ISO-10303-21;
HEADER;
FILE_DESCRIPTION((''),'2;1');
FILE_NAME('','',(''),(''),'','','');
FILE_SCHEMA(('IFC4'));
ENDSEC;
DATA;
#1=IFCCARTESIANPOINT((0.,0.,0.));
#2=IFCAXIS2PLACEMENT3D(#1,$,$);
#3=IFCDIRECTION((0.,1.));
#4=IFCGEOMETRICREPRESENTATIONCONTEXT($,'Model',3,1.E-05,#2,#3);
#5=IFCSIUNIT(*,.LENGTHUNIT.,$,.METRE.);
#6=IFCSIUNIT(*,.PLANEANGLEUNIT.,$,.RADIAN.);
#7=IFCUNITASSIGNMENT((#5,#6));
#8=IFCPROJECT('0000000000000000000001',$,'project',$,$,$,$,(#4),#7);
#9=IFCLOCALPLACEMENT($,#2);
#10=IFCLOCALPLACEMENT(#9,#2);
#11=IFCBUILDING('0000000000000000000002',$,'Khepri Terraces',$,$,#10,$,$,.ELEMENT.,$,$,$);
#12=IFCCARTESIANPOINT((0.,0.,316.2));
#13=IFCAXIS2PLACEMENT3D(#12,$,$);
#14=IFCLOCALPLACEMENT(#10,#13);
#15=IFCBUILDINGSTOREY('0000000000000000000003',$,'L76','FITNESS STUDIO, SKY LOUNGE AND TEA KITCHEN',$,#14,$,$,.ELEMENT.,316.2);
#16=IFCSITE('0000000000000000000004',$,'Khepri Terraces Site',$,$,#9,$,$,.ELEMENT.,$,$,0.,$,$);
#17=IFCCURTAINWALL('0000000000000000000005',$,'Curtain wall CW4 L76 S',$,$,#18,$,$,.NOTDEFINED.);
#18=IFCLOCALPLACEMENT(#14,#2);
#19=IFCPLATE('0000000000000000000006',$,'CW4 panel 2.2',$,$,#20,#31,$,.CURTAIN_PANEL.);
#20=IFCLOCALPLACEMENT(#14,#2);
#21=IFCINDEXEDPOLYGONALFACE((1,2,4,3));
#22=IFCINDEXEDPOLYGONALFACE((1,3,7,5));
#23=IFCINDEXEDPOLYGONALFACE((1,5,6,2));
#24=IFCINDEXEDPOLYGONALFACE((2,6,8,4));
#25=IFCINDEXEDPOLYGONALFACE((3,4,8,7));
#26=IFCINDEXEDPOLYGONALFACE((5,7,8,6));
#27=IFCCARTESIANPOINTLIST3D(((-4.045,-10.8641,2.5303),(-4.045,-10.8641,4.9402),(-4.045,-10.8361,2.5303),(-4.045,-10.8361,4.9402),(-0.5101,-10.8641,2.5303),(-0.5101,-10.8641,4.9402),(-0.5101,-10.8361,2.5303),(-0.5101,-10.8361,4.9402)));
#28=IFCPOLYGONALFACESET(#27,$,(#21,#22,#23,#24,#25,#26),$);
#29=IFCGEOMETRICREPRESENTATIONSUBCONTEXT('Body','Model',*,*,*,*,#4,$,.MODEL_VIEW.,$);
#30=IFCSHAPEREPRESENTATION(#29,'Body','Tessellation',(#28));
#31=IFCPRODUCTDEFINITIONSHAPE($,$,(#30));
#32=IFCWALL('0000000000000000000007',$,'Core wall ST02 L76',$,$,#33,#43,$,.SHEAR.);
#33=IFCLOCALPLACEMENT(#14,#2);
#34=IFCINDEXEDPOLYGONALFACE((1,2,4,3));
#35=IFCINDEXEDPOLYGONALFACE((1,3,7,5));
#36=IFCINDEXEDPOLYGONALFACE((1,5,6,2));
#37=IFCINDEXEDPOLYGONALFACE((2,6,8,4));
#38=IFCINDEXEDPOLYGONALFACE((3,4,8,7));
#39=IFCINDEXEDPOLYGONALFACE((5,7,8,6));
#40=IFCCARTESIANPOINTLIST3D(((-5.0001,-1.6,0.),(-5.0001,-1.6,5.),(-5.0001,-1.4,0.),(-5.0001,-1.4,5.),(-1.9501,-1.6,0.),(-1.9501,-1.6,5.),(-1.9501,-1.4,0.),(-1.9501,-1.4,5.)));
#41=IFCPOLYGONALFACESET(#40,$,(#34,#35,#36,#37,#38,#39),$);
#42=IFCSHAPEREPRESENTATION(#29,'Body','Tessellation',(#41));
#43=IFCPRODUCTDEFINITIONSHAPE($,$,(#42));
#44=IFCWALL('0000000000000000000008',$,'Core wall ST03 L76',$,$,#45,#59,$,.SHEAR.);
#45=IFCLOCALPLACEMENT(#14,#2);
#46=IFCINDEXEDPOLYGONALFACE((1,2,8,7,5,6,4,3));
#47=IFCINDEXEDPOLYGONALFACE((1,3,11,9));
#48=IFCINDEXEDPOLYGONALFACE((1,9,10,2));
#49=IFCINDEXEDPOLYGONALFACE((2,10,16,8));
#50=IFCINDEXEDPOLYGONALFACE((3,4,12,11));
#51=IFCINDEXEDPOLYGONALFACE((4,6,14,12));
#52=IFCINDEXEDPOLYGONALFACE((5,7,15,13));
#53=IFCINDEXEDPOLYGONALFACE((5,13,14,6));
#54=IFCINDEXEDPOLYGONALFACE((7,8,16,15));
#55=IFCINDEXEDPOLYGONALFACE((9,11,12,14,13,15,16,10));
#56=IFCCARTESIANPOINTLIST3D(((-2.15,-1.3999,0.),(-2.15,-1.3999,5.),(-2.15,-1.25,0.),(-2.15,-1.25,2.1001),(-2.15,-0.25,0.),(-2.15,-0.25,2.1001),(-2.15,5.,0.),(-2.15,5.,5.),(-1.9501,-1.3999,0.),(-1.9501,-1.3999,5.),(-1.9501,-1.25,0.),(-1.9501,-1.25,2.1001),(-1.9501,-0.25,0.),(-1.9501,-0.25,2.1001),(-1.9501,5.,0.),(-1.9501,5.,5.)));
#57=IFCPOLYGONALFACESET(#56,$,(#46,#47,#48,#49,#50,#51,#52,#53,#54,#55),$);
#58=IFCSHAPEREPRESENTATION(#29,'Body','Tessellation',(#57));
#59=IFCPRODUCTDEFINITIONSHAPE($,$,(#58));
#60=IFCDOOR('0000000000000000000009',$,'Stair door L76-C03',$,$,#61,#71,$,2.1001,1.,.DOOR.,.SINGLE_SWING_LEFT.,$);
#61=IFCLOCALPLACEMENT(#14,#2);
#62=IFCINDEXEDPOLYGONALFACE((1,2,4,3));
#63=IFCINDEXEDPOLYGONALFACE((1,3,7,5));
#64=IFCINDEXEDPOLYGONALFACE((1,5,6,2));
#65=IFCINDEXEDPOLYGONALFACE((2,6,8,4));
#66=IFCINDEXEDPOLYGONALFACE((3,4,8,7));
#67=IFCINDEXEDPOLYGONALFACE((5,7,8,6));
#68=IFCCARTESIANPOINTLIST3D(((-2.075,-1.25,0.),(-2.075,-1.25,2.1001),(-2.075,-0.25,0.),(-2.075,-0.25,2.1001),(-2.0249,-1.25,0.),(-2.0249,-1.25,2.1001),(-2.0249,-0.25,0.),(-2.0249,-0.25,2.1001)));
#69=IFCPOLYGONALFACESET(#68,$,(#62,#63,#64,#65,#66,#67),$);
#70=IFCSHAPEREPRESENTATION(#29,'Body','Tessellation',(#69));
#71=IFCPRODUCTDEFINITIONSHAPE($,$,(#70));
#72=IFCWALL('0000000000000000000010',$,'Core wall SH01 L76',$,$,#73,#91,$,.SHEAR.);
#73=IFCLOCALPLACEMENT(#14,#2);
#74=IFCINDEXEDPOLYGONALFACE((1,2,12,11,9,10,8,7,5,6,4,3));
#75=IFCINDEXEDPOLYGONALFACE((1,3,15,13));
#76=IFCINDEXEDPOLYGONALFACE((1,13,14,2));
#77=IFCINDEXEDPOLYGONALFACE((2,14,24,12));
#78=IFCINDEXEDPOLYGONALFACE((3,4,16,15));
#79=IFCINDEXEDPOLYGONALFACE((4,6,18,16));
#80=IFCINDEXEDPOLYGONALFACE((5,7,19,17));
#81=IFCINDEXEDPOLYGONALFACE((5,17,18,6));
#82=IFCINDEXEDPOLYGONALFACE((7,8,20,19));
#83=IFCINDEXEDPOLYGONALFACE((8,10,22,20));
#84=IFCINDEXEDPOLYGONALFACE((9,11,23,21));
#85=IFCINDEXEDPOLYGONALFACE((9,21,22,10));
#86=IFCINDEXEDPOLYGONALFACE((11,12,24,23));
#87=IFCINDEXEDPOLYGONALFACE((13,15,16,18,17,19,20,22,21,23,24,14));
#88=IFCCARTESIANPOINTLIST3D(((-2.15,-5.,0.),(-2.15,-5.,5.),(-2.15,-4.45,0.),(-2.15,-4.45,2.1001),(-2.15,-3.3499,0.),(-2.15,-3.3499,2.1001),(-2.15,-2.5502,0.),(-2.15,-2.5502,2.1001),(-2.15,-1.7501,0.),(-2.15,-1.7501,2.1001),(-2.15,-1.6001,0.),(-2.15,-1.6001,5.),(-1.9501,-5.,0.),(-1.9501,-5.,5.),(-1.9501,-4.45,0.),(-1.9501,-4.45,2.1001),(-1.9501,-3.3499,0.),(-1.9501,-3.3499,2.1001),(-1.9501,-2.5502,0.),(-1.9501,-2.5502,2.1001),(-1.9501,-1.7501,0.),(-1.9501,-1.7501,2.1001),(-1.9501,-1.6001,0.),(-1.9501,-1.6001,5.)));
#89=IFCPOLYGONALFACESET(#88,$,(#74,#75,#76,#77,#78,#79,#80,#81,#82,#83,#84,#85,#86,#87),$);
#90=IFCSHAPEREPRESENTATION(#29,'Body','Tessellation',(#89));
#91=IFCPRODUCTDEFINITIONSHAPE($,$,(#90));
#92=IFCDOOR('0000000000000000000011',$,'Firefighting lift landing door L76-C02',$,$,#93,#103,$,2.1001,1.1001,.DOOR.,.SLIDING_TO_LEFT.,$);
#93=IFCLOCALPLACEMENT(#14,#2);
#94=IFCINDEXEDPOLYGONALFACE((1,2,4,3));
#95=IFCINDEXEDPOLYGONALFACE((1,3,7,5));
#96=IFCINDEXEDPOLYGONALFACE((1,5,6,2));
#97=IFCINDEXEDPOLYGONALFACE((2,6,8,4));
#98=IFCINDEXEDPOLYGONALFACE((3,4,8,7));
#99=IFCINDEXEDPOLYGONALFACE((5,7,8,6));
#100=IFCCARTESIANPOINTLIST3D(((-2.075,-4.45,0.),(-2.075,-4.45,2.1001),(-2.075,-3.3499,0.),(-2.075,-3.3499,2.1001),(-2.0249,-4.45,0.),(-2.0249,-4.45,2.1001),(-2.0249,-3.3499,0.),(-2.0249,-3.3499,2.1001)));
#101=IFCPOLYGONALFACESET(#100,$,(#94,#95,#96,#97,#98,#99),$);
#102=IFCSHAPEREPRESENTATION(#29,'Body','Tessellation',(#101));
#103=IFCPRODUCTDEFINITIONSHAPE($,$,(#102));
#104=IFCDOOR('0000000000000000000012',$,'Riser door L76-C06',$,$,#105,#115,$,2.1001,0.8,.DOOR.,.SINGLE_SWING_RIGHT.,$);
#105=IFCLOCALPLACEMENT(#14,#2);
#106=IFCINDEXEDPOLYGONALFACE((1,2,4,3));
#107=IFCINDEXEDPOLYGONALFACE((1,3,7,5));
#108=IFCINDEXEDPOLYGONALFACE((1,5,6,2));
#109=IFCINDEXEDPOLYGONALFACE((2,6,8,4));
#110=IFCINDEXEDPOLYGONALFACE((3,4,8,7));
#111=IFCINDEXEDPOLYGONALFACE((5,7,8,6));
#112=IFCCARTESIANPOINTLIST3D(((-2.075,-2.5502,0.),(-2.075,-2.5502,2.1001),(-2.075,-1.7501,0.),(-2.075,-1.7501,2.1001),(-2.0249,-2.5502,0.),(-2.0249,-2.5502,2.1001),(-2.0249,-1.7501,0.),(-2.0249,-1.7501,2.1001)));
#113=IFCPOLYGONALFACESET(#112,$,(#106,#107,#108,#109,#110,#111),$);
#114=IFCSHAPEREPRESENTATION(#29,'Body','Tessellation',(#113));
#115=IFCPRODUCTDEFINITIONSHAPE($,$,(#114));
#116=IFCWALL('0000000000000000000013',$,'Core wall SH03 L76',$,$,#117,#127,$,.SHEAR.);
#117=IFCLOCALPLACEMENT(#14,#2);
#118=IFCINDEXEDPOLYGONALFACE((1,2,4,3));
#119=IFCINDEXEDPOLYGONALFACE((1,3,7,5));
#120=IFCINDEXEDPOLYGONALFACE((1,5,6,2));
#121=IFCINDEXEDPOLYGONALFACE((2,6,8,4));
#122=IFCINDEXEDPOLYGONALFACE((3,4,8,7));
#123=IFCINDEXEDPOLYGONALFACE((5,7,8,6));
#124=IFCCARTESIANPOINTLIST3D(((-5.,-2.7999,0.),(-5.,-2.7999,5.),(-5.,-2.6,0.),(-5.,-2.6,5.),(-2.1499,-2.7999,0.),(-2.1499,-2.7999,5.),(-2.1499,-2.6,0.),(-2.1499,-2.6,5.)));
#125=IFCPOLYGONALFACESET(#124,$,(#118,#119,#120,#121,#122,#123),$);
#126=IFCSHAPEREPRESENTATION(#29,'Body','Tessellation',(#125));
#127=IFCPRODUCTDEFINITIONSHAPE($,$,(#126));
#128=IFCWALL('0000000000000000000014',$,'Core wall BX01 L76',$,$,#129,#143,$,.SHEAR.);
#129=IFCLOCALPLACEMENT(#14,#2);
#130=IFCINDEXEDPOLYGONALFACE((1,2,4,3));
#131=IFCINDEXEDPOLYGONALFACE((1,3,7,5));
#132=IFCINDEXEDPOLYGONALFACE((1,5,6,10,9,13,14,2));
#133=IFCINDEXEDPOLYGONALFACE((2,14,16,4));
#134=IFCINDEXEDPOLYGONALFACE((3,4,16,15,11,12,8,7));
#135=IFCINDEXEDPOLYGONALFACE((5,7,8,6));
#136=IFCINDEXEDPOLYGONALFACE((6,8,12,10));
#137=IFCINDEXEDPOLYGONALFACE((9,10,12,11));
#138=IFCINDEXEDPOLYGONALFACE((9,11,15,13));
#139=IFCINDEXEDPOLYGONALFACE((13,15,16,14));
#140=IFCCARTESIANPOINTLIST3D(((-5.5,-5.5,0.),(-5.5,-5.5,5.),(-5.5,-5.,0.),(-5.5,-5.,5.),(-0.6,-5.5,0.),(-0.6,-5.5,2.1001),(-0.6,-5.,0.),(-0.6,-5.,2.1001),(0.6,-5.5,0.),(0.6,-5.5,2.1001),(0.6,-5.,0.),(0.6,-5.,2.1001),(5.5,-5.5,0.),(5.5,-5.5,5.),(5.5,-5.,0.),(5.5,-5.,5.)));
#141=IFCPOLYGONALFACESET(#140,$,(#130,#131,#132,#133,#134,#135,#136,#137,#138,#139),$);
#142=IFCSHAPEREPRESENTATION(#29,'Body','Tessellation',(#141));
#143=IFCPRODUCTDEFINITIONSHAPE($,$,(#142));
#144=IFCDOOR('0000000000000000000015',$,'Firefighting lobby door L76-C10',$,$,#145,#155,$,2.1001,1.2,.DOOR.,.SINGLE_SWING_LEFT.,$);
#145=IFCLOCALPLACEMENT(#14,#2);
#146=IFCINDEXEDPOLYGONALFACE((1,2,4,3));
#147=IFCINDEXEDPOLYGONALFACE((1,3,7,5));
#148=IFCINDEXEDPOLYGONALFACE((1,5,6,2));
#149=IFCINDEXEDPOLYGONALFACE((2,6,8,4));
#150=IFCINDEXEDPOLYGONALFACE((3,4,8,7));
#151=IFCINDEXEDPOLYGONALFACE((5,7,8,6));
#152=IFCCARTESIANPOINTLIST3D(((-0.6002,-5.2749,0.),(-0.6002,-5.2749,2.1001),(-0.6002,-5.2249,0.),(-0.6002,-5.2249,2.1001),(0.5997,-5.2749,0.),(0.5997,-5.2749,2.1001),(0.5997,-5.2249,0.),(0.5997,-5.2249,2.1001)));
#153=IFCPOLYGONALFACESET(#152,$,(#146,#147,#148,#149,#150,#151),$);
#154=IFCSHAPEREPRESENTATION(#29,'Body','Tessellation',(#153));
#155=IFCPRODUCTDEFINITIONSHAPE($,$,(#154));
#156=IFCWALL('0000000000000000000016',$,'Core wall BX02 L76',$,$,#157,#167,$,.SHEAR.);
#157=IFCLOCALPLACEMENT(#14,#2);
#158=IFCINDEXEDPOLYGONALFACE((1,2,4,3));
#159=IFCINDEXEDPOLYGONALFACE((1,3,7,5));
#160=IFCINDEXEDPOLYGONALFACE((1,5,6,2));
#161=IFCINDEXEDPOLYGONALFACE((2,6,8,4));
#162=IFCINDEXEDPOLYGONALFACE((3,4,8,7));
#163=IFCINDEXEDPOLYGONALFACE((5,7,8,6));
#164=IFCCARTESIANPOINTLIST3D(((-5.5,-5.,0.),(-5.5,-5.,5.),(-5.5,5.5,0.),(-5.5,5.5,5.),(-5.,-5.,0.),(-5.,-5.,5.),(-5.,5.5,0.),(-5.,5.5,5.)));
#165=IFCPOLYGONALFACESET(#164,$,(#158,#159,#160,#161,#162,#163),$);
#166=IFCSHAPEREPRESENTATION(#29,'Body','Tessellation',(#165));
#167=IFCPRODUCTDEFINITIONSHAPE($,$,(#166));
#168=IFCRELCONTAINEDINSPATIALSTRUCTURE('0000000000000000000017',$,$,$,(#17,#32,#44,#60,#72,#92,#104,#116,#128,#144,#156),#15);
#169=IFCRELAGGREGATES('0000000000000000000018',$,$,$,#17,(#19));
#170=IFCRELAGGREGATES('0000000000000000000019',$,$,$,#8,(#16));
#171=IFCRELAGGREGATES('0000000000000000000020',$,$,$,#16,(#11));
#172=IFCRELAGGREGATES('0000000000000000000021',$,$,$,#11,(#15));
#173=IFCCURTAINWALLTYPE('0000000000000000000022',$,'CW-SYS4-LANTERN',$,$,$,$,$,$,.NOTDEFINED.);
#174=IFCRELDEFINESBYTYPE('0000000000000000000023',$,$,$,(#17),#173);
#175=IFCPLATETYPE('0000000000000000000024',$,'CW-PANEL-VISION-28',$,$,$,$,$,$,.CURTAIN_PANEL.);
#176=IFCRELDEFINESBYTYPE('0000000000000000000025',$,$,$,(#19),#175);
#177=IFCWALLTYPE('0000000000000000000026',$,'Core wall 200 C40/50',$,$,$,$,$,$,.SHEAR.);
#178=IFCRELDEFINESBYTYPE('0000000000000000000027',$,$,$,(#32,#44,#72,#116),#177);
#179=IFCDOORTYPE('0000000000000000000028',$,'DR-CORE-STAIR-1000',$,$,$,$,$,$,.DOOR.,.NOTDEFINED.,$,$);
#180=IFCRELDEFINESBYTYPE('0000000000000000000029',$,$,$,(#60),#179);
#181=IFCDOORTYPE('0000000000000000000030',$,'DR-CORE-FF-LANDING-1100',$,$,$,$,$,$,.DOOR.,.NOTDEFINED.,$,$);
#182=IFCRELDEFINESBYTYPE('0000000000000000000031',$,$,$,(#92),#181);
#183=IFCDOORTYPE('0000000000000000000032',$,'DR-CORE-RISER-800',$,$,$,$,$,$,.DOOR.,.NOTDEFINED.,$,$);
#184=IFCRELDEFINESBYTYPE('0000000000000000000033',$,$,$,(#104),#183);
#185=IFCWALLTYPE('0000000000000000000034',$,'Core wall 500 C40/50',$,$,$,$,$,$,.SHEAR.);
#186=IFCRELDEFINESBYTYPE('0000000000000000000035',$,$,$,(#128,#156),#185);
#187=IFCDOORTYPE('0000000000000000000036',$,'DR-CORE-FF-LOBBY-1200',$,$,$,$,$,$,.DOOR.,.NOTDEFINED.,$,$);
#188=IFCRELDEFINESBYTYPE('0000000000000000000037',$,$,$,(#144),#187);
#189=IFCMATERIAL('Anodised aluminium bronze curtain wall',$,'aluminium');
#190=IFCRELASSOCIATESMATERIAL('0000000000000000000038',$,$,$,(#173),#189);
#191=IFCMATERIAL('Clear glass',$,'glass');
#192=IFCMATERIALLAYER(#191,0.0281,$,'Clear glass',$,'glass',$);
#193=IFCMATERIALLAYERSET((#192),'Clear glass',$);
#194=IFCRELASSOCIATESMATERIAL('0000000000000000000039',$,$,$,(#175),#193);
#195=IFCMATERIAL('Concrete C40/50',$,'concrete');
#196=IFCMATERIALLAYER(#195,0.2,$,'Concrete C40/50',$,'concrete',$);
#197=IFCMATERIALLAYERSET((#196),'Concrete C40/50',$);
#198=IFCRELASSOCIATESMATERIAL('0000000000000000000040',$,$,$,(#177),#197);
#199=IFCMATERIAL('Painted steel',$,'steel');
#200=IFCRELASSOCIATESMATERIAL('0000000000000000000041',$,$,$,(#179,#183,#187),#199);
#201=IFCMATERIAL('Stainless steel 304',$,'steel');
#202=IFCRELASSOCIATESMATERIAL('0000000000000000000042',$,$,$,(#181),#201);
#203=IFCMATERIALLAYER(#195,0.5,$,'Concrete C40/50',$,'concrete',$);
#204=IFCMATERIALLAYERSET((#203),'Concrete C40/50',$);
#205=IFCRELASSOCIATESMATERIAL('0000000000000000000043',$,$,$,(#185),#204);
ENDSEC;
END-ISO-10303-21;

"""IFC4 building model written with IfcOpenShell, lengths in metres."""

from ifc_helpers import new_model, si_unit, direction, frame, frame_2d, origin, origin_2d, place, context, subcontext, project, spatial, rectangle, extrude, material, layer, layer_set, type_object, element, fill, aggregate, save


model = new_model("IFC4")

# Units and contexts
model_context = context("Model", 3, precision=1e-05, world=origin(), true_north=direction((0.0, 1.0)))
body_context = subcontext(model_context, "Body", "Model", "MODEL_VIEW")
ifc_project = project(units=[si_unit("LENGTHUNIT", "METRE"), si_unit("PLANEANGLEUNIT", "RADIAN")], contexts=[model_context])

# Site, building, storey
site_placement = place(None, origin())
site = spatial("IfcSite", under=ifc_project, at=site_placement, Name="Khepri Terraces Site", CompositionType="ELEMENT", RefElevation=0.0)
building_placement = place(site_placement, origin())
building = spatial("IfcBuilding", under=site, at=building_placement, Name="Khepri Terraces", CompositionType="ELEMENT")
storey_placement = place(building_placement, frame((0.0, 0.0, 316.2)))
storey = spatial("IfcBuildingStorey", under=building, at=storey_placement, Name="L76", Description="FITNESS STUDIO, SKY LOUNGE AND TEA KITCHEN", CompositionType="ELEMENT", Elevation=316.2)

# Shared definitions
ifc_material_1 = material(Name="Concrete C40/50", Category="concrete")

# Curtain wall
ifc_material_2 = material(Name="Anodised aluminium bronze curtain wall", Category="aluminium")
curtain_wall_type = type_object("IfcCurtainWallType", Name="CW-SYS4-LANTERN", PredefinedType="NOTDEFINED", material=ifc_material_2)
curtain_wall_1_placement = place(storey_placement, origin())
curtain_wall_1 = element("IfcCurtainWall", 1, at=curtain_wall_1_placement, inside=storey, type_object=curtain_wall_type, Name="Curtain wall CW4 L76 S", PredefinedType="NOTDEFINED")

# Plate
ifc_material_3 = material(Name="Clear glass", Category="glass")
ifc_layer_1 = layer(ifc_material_3, 0.0281, Name="Clear glass", Category="glass")
ifc_layer_set_1 = layer_set([ifc_layer_1], Name="Clear glass")
plate_type = type_object("IfcPlateType", Name="CW-PANEL-VISION-28", PredefinedType="CURTAIN_PANEL", material=ifc_layer_set_1)
plate_1_placement = place(storey_placement, frame((-2.2776, -10.8501, 2.5303), z_axis=(0.0, 0.0, 1.0), x_axis=(1.0, 0.0, 0.0)))
plate_1 = element("IfcPlate", 2, at=plate_1_placement, type_object=plate_type, Name="CW4 panel 2.2", PredefinedType="CURTAIN_PANEL", context=body_context, shape_type="SweptSolid", body=[
    extrude(rectangle(XDim=3.5349, YDim=0.0281, at=origin_2d()), origin(), (0.0, 0.0, 1.0), 2.4099),
])
aggregate(curtain_wall_1, [plate_1])

# Wall
ifc_layer_2 = layer(ifc_material_1, 0.2, Name="Concrete C40/50", Category="concrete")
ifc_layer_set_2 = layer_set([ifc_layer_2], Name="Concrete C40/50")
wall_type_1 = type_object("IfcWallType", Name="Core wall 200 C40/50", PredefinedType="SHEAR", material=ifc_layer_set_2)
wall_1_placement = place(storey_placement, frame((-5.0, -1.5, 0.0), z_axis=(0.0, 0.0, 1.0), x_axis=(1.0, 0.0, 0.0)))
element("IfcWall", 3, at=wall_1_placement, inside=storey, type_object=wall_type_1, Name="Core wall ST02 L76", PredefinedType="SHEAR", context=body_context, shape_type="SweptSolid", body=[
    extrude(rectangle(XDim=3.05, YDim=0.2, at=frame_2d((1.5249, 0.0))), origin(), (0.0, 0.0, 1.0), 5.0),
])

# Wall, opening, door
wall_2_placement = place(storey_placement, frame((-2.05, -1.3999, 0.0), z_axis=(0.0, 0.0, 1.0), x_axis=(0.0, 1.0, 0.0)))
wall_2 = element("IfcWall", 4, at=wall_2_placement, inside=storey, type_object=wall_type_1, Name="Core wall ST03 L76", PredefinedType="SHEAR", context=body_context, shape_type="SweptSolid", body=[
    extrude(rectangle(XDim=6.3999, YDim=0.2, at=frame_2d((3.2, 0.0))), origin(), (0.0, 0.0, 1.0), 5.0),
])
opening_1_placement = place(wall_2_placement, frame((0.1499, 0.0, 0.0)))
opening_1 = element("IfcOpeningElement", 5, at=opening_1_placement, cuts=wall_2, PredefinedType="OPENING", context=body_context, shape_type="SweptSolid", body=[
    extrude(rectangle(XDim=1.0, YDim=2.1001, at=frame_2d((0.5, 1.05))), frame((0.0, 0.1099, 0.0), z_axis=(0.0, -1.0, 0.0), x_axis=(1.0, 0.0, 0.0)), (0.0, 0.0, 1.0), 0.22),
])
ifc_material_4 = material(Name="Painted steel", Category="steel")
door_type_1 = type_object("IfcDoorType", Name="DR-CORE-STAIR-1000", OperationType="NOTDEFINED", PredefinedType="DOOR", material=ifc_material_4)
door_1_placement = place(opening_1_placement, origin())
door_1 = element("IfcDoor", 6, at=door_1_placement, inside=storey, type_object=door_type_1, Name="Stair door L76-C03", OperationType="SINGLE_SWING_LEFT", OverallHeight=2.1001, OverallWidth=1.0, PredefinedType="DOOR", context=body_context, shape_type="SweptSolid", body=[
    extrude(rectangle(XDim=1.0, YDim=2.1001, at=frame_2d((0.5, 1.05))), frame((0.0, 0.0249, 0.0), z_axis=(0.0, -1.0, 0.0), x_axis=(1.0, 0.0, 0.0)), (0.0, 0.0, 1.0), 0.05),
])
fill(opening_1, door_1)

# Wall, openings, doors
wall_3_placement = place(storey_placement, frame((-2.05, -5.0, 0.0), z_axis=(0.0, 0.0, 1.0), x_axis=(0.0, 1.0, 0.0)))
wall_3 = element("IfcWall", 7, at=wall_3_placement, inside=storey, type_object=wall_type_1, Name="Core wall SH01 L76", PredefinedType="SHEAR", context=body_context, shape_type="SweptSolid", body=[
    extrude(rectangle(XDim=3.3999, YDim=0.2, at=frame_2d((1.7, 0.0))), origin(), (0.0, 0.0, 1.0), 5.0),
])
opening_2_placement = place(wall_3_placement, frame((0.55, 0.0, 0.0)))
opening_2 = element("IfcOpeningElement", 8, at=opening_2_placement, cuts=wall_3, PredefinedType="OPENING", context=body_context, shape_type="SweptSolid", body=[
    extrude(rectangle(XDim=1.1001, YDim=2.1001, at=frame_2d((0.55, 1.05))), frame((0.0, 0.1099, 0.0), z_axis=(0.0, -1.0, 0.0), x_axis=(1.0, 0.0, 0.0)), (0.0, 0.0, 1.0), 0.22),
])
opening_3_placement = place(wall_3_placement, frame((2.45, 0.0, 0.0)))
opening_3 = element("IfcOpeningElement", 9, at=opening_3_placement, cuts=wall_3, PredefinedType="OPENING", context=body_context, shape_type="SweptSolid", body=[
    extrude(rectangle(XDim=0.8, YDim=2.1001, at=frame_2d((0.3999, 1.05))), frame((0.0, 0.1099, 0.0), z_axis=(0.0, -1.0, 0.0), x_axis=(1.0, 0.0, 0.0)), (0.0, 0.0, 1.0), 0.22),
])
ifc_material_5 = material(Name="Stainless steel 304", Category="steel")
door_type_2 = type_object("IfcDoorType", Name="DR-CORE-FF-LANDING-1100", OperationType="NOTDEFINED", PredefinedType="DOOR", material=ifc_material_5)
door_2_placement = place(opening_2_placement, origin())
door_2 = element("IfcDoor", 10, at=door_2_placement, inside=storey, type_object=door_type_2, Name="Firefighting lift landing door L76-C02", OperationType="SLIDING_TO_LEFT", OverallHeight=2.1001, OverallWidth=1.1001, PredefinedType="DOOR", context=body_context, shape_type="SweptSolid", body=[
    extrude(rectangle(XDim=1.1001, YDim=2.1001, at=frame_2d((0.55, 1.05))), frame((0.0, 0.0249, 0.0), z_axis=(0.0, -1.0, 0.0), x_axis=(1.0, 0.0, 0.0)), (0.0, 0.0, 1.0), 0.05),
])
fill(opening_2, door_2)
door_type_3 = type_object("IfcDoorType", Name="DR-CORE-RISER-800", OperationType="NOTDEFINED", PredefinedType="DOOR", material=ifc_material_4)
door_3_placement = place(opening_3_placement, origin())
door_3 = element("IfcDoor", 11, at=door_3_placement, inside=storey, type_object=door_type_3, Name="Riser door L76-C06", OperationType="SINGLE_SWING_RIGHT", OverallHeight=2.1001, OverallWidth=0.8, PredefinedType="DOOR", context=body_context, shape_type="SweptSolid", body=[
    extrude(rectangle(XDim=0.8, YDim=2.1001, at=frame_2d((0.3999, 1.05))), frame((0.0, 0.0249, 0.0), z_axis=(0.0, -1.0, 0.0), x_axis=(1.0, 0.0, 0.0)), (0.0, 0.0, 1.0), 0.05),
])
fill(opening_3, door_3)

# Wall
wall_4_placement = place(storey_placement, frame((-5.0, -2.7, 0.0), z_axis=(0.0, 0.0, 1.0), x_axis=(1.0, 0.0, 0.0)))
element("IfcWall", 12, at=wall_4_placement, inside=storey, type_object=wall_type_1, Name="Core wall SH03 L76", PredefinedType="SHEAR", context=body_context, shape_type="SweptSolid", body=[
    extrude(rectangle(XDim=2.8501, YDim=0.2, at=frame_2d((1.425, 0.0))), origin(), (0.0, 0.0, 1.0), 5.0),
])

# Wall, opening, door
ifc_layer_3 = layer(ifc_material_1, 0.5, Name="Concrete C40/50", Category="concrete")
ifc_layer_set_3 = layer_set([ifc_layer_3], Name="Concrete C40/50")
wall_type_2 = type_object("IfcWallType", Name="Core wall 500 C40/50", PredefinedType="SHEAR", material=ifc_layer_set_3)
wall_5_placement = place(storey_placement, frame((-5.5, -5.25, 0.0), z_axis=(0.0, 0.0, 1.0), x_axis=(1.0, 0.0, 0.0)))
wall_5 = element("IfcWall", 13, at=wall_5_placement, inside=storey, type_object=wall_type_2, Name="Core wall BX01 L76", PredefinedType="SHEAR", context=body_context, shape_type="SweptSolid", body=[
    extrude(rectangle(XDim=11.0, YDim=0.5, at=frame_2d((5.5, 0.0))), origin(), (0.0, 0.0, 1.0), 5.0),
])
opening_4_placement = place(wall_5_placement, frame((4.8999, 0.0, 0.0)))
opening_4 = element("IfcOpeningElement", 14, at=opening_4_placement, cuts=wall_5, PredefinedType="OPENING", context=body_context, shape_type="SweptSolid", body=[
    extrude(rectangle(XDim=1.2, YDim=2.1001, at=frame_2d((0.6001, 1.05))), frame((0.0, 0.26, 0.0), z_axis=(0.0, -1.0, 0.0), x_axis=(1.0, 0.0, 0.0)), (0.0, 0.0, 1.0), 0.52),
])
door_type_4 = type_object("IfcDoorType", Name="DR-CORE-FF-LOBBY-1200", OperationType="NOTDEFINED", PredefinedType="DOOR", material=ifc_material_4)
door_4_placement = place(opening_4_placement, frame((1.2, 0.0, 0.0), z_axis=(0.0, 0.0, 1.0), x_axis=(-1.0, 0.0, 0.0)))
door_4 = element("IfcDoor", 15, at=door_4_placement, inside=storey, type_object=door_type_4, Name="Firefighting lobby door L76-C10", OperationType="SINGLE_SWING_LEFT", OverallHeight=2.1001, OverallWidth=1.2, PredefinedType="DOOR", context=body_context, shape_type="SweptSolid", body=[
    extrude(rectangle(XDim=1.2, YDim=2.1001, at=frame_2d((0.6001, 1.05))), frame((0.0, 0.0249, 0.0), z_axis=(0.0, -1.0, 0.0), x_axis=(1.0, 0.0, 0.0)), (0.0, 0.0, 1.0), 0.05),
])
fill(opening_4, door_4)

# Wall
wall_6_placement = place(storey_placement, frame((-5.25, -5.0, 0.0), z_axis=(0.0, 0.0, 1.0), x_axis=(0.0, 1.0, 0.0)))
element("IfcWall", 16, at=wall_6_placement, inside=storey, type_object=wall_type_2, Name="Core wall BX02 L76", PredefinedType="SHEAR", context=body_context, shape_type="SweptSolid", body=[
    extrude(rectangle(XDim=10.5, YDim=0.5, at=frame_2d((5.25, 0.0))), origin(), (0.0, 0.0, 1.0), 5.0),
])

save(model, "model.ifc")
